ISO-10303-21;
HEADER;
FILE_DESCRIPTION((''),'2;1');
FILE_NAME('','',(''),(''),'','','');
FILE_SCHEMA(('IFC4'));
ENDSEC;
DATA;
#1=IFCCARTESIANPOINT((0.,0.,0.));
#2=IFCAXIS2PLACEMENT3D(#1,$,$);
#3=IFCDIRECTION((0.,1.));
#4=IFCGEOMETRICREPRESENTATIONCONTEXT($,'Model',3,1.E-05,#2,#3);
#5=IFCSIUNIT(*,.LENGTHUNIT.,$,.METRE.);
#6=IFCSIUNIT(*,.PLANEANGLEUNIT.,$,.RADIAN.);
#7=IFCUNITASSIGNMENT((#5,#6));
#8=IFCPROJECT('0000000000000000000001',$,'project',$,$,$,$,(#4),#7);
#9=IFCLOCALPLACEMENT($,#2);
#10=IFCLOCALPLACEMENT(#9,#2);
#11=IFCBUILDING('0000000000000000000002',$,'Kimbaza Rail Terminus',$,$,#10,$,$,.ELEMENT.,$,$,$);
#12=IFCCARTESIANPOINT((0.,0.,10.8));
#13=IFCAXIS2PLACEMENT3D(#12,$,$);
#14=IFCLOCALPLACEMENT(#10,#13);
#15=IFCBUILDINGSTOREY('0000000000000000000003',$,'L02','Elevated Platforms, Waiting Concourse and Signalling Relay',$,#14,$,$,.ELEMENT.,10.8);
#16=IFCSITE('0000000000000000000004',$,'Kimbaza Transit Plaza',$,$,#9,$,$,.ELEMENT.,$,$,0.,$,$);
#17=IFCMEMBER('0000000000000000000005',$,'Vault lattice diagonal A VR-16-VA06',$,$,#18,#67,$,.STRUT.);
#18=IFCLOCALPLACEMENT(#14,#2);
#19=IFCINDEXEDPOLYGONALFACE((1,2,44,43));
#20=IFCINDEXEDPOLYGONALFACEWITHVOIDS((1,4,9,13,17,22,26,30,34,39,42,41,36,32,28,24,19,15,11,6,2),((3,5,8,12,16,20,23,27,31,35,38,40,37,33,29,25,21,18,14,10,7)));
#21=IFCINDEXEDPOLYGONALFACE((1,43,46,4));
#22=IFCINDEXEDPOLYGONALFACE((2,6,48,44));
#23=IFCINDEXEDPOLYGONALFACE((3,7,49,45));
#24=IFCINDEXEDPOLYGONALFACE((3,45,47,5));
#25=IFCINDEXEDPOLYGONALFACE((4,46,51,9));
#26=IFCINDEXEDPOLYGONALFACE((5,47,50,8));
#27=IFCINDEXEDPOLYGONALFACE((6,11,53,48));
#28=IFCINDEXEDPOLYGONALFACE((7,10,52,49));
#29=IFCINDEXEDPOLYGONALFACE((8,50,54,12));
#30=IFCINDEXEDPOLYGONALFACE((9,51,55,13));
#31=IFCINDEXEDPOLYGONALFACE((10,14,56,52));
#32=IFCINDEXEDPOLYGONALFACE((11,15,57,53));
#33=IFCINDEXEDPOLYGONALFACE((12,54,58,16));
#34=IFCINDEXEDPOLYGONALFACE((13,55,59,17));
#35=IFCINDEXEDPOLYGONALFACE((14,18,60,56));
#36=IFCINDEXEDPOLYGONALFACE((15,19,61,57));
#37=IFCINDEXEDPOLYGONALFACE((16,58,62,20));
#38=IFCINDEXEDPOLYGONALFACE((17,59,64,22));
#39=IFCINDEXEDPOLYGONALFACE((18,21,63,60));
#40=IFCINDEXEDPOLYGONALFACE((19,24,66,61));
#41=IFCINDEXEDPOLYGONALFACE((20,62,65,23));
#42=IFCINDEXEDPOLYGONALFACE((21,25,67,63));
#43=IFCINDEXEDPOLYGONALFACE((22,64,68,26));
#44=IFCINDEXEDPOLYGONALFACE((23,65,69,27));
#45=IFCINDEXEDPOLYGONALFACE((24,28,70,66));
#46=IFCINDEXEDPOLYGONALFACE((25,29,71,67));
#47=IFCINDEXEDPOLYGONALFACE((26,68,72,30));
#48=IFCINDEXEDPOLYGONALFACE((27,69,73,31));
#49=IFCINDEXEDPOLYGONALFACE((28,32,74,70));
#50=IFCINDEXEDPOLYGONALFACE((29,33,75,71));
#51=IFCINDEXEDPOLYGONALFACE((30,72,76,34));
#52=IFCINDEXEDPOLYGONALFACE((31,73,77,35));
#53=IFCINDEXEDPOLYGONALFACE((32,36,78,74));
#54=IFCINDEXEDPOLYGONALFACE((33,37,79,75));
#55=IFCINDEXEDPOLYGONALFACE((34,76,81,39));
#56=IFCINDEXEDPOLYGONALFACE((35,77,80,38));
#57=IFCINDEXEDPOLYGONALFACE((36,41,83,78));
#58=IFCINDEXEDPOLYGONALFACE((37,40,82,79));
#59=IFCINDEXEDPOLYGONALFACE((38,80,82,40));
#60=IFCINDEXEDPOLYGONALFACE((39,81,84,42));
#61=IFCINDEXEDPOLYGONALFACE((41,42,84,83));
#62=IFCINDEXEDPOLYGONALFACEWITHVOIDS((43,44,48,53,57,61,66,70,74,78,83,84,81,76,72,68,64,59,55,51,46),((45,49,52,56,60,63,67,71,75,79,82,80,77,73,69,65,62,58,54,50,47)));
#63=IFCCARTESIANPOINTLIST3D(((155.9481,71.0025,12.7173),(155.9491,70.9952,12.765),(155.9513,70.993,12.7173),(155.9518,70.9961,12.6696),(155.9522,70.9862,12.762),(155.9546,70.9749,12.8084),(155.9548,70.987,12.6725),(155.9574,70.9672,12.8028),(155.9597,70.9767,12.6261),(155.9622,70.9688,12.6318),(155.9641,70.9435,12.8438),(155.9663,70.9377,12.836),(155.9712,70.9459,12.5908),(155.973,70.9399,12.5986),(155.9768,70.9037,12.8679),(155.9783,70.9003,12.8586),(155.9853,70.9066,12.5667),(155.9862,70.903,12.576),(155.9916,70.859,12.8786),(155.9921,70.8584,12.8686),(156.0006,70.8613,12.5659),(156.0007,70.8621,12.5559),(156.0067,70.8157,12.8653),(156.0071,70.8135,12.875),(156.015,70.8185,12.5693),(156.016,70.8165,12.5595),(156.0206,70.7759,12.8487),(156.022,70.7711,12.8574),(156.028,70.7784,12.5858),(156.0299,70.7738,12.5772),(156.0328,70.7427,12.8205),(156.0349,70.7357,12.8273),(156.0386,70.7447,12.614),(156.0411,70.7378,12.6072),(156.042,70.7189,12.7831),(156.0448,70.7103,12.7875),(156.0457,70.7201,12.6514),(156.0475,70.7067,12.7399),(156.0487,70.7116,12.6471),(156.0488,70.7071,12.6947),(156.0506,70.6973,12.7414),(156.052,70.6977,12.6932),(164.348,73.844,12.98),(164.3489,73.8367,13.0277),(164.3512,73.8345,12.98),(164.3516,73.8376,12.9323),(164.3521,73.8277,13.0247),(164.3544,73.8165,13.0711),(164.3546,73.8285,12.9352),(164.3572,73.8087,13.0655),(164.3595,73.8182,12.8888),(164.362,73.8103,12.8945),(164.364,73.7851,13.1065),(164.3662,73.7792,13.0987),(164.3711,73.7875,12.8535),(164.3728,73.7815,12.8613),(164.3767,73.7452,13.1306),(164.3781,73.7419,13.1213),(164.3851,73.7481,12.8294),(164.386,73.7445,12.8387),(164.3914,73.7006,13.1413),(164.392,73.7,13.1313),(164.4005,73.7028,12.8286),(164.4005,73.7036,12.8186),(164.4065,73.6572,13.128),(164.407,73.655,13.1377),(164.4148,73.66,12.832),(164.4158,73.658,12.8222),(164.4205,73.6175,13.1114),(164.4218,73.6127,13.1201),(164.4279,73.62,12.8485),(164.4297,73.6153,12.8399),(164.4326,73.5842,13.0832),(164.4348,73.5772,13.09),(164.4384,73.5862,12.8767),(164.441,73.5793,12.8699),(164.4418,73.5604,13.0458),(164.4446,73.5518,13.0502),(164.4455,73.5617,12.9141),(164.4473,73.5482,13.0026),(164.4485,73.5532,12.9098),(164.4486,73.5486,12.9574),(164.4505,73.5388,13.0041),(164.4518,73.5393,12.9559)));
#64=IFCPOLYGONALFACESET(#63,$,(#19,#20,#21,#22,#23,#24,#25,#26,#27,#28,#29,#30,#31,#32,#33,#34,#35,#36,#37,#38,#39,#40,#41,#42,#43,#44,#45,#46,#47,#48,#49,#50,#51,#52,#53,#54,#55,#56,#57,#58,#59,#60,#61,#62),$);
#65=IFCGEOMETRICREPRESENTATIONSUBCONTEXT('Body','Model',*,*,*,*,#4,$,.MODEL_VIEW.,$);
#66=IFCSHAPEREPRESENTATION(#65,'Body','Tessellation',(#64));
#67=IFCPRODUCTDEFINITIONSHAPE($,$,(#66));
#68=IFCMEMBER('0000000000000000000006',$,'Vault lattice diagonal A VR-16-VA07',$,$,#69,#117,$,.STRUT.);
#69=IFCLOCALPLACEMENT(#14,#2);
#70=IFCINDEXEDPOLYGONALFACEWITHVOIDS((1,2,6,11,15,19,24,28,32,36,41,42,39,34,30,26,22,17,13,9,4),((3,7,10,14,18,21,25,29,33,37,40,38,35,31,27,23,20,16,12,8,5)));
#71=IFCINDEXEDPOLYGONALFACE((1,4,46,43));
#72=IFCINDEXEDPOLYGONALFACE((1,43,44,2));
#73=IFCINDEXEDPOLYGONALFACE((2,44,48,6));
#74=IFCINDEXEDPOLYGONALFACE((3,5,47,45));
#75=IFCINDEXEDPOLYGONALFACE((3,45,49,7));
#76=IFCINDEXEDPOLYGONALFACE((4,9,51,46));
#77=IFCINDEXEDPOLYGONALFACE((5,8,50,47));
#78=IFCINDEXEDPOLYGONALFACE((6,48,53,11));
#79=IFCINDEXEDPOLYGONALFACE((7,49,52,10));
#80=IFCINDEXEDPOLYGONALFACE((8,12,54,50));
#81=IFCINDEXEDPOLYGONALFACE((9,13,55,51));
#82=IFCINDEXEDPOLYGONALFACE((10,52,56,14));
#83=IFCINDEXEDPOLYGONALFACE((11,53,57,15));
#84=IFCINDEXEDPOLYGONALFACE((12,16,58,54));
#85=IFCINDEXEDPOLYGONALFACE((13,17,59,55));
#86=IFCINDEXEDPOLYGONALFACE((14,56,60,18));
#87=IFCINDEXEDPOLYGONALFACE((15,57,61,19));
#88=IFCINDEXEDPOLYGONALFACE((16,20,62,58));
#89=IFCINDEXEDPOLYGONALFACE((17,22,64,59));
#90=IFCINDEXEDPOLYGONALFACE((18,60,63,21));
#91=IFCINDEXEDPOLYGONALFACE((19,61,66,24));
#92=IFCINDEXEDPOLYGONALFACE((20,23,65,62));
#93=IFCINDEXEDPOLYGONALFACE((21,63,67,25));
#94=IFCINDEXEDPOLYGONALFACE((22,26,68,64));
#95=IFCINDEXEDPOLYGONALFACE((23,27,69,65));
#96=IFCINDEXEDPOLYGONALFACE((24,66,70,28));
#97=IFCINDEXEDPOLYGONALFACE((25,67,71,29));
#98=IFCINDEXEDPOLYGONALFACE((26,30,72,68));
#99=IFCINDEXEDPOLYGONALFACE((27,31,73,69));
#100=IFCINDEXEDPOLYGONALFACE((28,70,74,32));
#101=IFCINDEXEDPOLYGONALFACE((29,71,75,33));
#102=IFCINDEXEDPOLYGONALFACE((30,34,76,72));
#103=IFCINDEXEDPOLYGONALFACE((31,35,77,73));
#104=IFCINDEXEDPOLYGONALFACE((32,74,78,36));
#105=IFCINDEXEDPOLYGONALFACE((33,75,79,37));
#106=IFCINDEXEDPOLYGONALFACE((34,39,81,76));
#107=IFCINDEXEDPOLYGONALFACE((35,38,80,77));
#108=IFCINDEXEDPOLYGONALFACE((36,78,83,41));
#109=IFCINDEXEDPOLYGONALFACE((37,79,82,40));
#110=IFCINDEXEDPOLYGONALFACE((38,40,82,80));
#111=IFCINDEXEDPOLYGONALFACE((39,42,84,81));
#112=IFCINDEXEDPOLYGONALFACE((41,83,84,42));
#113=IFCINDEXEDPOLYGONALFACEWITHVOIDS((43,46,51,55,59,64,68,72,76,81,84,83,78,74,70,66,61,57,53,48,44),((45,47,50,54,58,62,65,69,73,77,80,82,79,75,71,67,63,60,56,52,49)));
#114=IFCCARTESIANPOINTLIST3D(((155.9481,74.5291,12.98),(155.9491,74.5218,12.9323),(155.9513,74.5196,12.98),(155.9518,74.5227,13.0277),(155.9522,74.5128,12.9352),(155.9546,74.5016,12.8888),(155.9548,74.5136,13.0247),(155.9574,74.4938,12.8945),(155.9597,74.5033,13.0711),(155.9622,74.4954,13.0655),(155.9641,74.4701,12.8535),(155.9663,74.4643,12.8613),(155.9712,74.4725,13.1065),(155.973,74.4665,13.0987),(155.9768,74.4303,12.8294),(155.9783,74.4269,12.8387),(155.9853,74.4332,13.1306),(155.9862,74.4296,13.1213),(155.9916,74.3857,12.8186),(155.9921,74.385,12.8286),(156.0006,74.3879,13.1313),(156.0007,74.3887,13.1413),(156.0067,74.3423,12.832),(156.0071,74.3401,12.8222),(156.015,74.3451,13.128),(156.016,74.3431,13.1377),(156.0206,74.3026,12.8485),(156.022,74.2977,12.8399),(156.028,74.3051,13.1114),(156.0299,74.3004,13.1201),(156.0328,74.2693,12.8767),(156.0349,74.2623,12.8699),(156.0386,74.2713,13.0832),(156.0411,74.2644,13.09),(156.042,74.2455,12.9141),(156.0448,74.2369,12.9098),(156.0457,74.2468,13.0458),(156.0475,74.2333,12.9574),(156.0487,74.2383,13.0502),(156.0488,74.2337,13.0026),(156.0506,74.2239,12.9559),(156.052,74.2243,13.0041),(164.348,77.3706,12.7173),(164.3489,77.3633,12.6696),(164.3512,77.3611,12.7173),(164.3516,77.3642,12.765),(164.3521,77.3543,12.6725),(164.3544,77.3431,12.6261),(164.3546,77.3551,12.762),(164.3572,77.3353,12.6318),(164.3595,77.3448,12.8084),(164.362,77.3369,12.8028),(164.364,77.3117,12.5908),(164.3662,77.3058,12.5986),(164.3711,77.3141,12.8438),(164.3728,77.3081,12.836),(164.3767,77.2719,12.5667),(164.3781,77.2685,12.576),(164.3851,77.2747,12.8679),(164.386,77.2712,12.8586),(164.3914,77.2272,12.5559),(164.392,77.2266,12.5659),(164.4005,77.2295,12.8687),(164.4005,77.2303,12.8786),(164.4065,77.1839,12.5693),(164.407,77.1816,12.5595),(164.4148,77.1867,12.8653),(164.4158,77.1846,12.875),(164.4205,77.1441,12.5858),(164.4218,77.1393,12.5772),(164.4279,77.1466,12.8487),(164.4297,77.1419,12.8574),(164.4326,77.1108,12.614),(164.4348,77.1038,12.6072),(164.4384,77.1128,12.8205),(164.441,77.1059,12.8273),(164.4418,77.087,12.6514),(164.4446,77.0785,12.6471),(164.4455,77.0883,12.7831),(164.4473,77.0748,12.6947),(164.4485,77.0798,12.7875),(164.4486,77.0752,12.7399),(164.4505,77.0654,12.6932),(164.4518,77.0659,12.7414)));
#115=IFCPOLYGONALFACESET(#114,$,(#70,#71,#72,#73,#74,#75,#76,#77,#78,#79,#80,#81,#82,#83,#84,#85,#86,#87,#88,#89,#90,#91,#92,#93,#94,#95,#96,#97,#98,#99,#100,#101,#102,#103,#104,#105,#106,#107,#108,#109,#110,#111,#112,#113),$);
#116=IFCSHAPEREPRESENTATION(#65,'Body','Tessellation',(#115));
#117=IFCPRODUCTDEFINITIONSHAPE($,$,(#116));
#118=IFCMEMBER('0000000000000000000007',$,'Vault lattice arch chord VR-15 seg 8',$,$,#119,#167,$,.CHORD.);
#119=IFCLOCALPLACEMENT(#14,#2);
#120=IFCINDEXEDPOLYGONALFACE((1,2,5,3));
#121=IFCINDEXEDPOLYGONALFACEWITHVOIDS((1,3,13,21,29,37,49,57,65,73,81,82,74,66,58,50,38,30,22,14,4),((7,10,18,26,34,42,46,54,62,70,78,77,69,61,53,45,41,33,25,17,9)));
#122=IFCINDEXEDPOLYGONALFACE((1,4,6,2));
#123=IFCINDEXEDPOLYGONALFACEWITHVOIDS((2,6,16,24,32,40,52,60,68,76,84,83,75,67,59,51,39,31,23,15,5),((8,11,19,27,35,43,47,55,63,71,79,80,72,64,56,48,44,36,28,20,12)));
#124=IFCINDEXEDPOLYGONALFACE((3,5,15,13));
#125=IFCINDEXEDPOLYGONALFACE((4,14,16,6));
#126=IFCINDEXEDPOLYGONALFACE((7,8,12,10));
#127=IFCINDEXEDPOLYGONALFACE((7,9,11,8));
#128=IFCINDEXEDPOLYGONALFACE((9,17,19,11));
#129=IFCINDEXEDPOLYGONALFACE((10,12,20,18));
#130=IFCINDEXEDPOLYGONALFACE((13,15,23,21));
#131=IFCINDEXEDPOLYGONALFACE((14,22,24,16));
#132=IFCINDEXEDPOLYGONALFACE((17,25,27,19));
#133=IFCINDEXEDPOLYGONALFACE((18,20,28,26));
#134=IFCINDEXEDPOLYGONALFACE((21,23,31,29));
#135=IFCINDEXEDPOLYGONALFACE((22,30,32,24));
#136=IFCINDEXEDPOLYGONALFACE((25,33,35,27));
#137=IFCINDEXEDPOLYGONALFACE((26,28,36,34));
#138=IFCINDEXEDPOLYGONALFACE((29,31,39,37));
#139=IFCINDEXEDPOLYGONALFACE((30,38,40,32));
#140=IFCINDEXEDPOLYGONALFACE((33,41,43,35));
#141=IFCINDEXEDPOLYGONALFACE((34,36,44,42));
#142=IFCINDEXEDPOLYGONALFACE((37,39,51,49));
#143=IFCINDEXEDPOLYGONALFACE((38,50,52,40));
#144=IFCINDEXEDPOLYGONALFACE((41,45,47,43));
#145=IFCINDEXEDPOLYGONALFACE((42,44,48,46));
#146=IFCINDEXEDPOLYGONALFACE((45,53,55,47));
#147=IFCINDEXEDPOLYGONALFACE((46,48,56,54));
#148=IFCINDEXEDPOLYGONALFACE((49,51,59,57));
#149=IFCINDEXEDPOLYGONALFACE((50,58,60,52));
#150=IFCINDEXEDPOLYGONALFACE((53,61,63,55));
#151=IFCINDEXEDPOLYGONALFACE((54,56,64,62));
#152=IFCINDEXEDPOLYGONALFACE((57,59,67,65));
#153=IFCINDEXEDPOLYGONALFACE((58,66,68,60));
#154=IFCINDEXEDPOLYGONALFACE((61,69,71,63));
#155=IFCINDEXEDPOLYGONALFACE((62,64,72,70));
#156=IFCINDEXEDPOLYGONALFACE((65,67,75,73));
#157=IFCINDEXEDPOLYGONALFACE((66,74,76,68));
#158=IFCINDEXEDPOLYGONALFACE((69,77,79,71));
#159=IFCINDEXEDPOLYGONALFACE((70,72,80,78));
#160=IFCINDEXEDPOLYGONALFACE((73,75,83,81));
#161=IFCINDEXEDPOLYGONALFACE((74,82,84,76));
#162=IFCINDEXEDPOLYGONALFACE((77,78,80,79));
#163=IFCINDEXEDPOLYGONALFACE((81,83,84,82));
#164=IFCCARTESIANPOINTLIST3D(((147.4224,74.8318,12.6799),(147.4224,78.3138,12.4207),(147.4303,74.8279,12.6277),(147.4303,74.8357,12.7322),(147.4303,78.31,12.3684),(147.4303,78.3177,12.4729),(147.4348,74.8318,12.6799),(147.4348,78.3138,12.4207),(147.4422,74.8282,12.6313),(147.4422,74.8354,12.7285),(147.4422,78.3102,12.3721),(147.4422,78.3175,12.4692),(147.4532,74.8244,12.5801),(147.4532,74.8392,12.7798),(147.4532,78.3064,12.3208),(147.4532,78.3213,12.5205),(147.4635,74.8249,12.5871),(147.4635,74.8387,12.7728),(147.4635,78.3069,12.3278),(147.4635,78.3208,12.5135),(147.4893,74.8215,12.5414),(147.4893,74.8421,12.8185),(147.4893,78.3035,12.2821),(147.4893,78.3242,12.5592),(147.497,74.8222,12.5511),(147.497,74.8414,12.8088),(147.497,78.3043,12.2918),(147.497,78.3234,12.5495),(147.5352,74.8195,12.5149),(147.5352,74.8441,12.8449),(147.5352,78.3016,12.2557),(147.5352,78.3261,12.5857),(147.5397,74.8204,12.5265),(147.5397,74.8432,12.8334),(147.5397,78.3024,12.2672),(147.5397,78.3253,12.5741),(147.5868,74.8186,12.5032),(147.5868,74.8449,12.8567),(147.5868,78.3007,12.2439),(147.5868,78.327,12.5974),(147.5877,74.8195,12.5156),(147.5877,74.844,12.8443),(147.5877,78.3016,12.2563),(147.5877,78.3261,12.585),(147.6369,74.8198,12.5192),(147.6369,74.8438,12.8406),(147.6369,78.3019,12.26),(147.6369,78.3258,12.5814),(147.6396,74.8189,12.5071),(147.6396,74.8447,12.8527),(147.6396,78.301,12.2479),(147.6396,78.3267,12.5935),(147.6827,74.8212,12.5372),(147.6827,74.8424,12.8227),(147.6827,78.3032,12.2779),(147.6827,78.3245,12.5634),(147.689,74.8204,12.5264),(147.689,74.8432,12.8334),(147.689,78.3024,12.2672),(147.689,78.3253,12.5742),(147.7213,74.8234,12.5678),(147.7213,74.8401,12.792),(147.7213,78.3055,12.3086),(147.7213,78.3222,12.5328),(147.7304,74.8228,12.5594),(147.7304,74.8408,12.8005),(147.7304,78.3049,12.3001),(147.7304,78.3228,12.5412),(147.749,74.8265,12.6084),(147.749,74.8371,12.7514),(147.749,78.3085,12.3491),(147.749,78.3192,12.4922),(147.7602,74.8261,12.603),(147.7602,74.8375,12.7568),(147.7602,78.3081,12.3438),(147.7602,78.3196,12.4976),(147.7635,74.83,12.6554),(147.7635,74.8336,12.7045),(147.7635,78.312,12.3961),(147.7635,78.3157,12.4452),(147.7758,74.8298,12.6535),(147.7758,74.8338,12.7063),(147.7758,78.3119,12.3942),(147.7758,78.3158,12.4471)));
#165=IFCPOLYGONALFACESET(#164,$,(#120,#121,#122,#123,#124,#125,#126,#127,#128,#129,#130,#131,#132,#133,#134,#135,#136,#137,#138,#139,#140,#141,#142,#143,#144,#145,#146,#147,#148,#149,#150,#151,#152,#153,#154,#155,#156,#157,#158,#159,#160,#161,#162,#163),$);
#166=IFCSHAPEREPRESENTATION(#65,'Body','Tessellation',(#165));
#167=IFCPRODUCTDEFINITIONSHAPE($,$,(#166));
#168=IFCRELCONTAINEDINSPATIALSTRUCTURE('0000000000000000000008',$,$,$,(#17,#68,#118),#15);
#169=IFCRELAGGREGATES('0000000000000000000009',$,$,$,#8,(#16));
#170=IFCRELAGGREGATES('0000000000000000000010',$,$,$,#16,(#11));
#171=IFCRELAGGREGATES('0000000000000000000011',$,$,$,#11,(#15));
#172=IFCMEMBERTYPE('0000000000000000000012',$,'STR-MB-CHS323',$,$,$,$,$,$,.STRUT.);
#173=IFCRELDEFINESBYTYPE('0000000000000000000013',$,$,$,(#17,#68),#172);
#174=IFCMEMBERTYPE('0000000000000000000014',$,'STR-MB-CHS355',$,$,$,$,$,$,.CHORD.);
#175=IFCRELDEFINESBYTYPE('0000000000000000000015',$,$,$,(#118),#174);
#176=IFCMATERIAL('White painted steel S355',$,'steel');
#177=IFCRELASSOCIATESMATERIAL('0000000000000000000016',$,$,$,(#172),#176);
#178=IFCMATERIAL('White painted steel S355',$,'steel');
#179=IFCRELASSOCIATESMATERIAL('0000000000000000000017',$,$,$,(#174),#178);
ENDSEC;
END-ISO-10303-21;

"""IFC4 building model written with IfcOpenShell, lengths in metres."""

from ifc_helpers import new_model, si_unit, direction, frame, origin, origin_2d, place, context, subcontext, project, spatial, hollow_circle, extrude, material, material_profile, profile_set, type_object, element, save


model = new_model("IFC4")

# Units and contexts
model_context = context("Model", 3, precision=1e-05, world=origin(), true_north=direction((0.0, 1.0)))
body_context = subcontext(model_context, "Body", "Model", "MODEL_VIEW")
ifc_project = project(units=[si_unit("LENGTHUNIT", "METRE"), si_unit("PLANEANGLEUNIT", "RADIAN")], contexts=[model_context])

# Site, building, storey
site_placement = place(None, origin())
site = spatial("IfcSite", under=ifc_project, at=site_placement, Name="Kimbaza Transit Plaza", CompositionType="ELEMENT", RefElevation=0.0)
building_placement = place(site_placement, origin())
building = spatial("IfcBuilding", under=site, at=building_placement, Name="Kimbaza Rail Terminus", CompositionType="ELEMENT")
storey_placement = place(building_placement, frame((0.0, 0.0, 10.8)))
storey = spatial("IfcBuildingStorey", under=building, at=storey_placement, Name="L02", Description="Elevated Platforms, Waiting Concourse and Signalling Relay", CompositionType="ELEMENT", Elevation=10.8)

# Members
ifc_material_1 = material(Name="White painted steel S355", Category="steel")
ifc_material_profile_1 = material_profile(ifc_material_1, hollow_circle(Radius=0.1619, WallThickness=0.01, at=origin_2d()), Name="CHS 323.9x10")
ifc_profile_set_1 = profile_set([ifc_material_profile_1], Name="White painted steel S355")
member_type_1 = type_object("IfcMemberType", Name="STR-MB-CHS323", PredefinedType="STRUT", material=ifc_profile_set_1)
for number, where, z_axis, x_axis, name in (
    (1, (156.0, 70.8491, 12.7173), (0.946852, 0.320305, 0.029611), (-0.320445, 0.947267, 0.0), "Vault lattice diagonal A VR-16-VA06"),
    (2, (156.0, 74.3757, 12.98), (0.946852, 0.320305, -0.029611), (-0.320445, 0.947267, 0.0), "Vault lattice diagonal A VR-16-VA07"),
):
    element("IfcMember", number, at=place(storey_placement, frame(where, z_axis=z_axis, x_axis=x_axis)), inside=storey, type_object=member_type_1, Name=name, PredefinedType="STRUT", context=body_context, shape_type="SweptSolid", body=[
        extrude(hollow_circle(Radius=0.1619, WallThickness=0.01, at=origin_2d()), origin(), (0.0, 0.0, 1.0), 8.8713),
    ])
ifc_material_2 = material(Name="White painted steel S355", Category="steel")
ifc_material_profile_2 = material_profile(ifc_material_2, hollow_circle(Radius=0.1777, WallThickness=0.0125, at=origin_2d()), Name="CHS 355.6x12.5")
ifc_profile_set_2 = profile_set([ifc_material_profile_2], Name="White painted steel S355")
member_type_2 = type_object("IfcMemberType", Name="STR-MB-CHS355", PredefinedType="CHORD", material=ifc_profile_set_2)
member_1_placement = place(storey_placement, frame((147.6001, 74.8318, 12.6799), z_axis=(0.0, 0.997239, -0.074253), x_axis=(-1.0, 0.0, 0.0)))
element("IfcMember", 3, at=member_1_placement, inside=storey, type_object=member_type_2, Name="Vault lattice arch chord VR-15 seg 8", PredefinedType="CHORD", context=body_context, shape_type="SweptSolid", body=[
    extrude(hollow_circle(Radius=0.1777, WallThickness=0.0125, at=origin_2d()), origin(), (0.0, 0.0, 1.0), 3.4917),
])

save(model, "model.ifc")
